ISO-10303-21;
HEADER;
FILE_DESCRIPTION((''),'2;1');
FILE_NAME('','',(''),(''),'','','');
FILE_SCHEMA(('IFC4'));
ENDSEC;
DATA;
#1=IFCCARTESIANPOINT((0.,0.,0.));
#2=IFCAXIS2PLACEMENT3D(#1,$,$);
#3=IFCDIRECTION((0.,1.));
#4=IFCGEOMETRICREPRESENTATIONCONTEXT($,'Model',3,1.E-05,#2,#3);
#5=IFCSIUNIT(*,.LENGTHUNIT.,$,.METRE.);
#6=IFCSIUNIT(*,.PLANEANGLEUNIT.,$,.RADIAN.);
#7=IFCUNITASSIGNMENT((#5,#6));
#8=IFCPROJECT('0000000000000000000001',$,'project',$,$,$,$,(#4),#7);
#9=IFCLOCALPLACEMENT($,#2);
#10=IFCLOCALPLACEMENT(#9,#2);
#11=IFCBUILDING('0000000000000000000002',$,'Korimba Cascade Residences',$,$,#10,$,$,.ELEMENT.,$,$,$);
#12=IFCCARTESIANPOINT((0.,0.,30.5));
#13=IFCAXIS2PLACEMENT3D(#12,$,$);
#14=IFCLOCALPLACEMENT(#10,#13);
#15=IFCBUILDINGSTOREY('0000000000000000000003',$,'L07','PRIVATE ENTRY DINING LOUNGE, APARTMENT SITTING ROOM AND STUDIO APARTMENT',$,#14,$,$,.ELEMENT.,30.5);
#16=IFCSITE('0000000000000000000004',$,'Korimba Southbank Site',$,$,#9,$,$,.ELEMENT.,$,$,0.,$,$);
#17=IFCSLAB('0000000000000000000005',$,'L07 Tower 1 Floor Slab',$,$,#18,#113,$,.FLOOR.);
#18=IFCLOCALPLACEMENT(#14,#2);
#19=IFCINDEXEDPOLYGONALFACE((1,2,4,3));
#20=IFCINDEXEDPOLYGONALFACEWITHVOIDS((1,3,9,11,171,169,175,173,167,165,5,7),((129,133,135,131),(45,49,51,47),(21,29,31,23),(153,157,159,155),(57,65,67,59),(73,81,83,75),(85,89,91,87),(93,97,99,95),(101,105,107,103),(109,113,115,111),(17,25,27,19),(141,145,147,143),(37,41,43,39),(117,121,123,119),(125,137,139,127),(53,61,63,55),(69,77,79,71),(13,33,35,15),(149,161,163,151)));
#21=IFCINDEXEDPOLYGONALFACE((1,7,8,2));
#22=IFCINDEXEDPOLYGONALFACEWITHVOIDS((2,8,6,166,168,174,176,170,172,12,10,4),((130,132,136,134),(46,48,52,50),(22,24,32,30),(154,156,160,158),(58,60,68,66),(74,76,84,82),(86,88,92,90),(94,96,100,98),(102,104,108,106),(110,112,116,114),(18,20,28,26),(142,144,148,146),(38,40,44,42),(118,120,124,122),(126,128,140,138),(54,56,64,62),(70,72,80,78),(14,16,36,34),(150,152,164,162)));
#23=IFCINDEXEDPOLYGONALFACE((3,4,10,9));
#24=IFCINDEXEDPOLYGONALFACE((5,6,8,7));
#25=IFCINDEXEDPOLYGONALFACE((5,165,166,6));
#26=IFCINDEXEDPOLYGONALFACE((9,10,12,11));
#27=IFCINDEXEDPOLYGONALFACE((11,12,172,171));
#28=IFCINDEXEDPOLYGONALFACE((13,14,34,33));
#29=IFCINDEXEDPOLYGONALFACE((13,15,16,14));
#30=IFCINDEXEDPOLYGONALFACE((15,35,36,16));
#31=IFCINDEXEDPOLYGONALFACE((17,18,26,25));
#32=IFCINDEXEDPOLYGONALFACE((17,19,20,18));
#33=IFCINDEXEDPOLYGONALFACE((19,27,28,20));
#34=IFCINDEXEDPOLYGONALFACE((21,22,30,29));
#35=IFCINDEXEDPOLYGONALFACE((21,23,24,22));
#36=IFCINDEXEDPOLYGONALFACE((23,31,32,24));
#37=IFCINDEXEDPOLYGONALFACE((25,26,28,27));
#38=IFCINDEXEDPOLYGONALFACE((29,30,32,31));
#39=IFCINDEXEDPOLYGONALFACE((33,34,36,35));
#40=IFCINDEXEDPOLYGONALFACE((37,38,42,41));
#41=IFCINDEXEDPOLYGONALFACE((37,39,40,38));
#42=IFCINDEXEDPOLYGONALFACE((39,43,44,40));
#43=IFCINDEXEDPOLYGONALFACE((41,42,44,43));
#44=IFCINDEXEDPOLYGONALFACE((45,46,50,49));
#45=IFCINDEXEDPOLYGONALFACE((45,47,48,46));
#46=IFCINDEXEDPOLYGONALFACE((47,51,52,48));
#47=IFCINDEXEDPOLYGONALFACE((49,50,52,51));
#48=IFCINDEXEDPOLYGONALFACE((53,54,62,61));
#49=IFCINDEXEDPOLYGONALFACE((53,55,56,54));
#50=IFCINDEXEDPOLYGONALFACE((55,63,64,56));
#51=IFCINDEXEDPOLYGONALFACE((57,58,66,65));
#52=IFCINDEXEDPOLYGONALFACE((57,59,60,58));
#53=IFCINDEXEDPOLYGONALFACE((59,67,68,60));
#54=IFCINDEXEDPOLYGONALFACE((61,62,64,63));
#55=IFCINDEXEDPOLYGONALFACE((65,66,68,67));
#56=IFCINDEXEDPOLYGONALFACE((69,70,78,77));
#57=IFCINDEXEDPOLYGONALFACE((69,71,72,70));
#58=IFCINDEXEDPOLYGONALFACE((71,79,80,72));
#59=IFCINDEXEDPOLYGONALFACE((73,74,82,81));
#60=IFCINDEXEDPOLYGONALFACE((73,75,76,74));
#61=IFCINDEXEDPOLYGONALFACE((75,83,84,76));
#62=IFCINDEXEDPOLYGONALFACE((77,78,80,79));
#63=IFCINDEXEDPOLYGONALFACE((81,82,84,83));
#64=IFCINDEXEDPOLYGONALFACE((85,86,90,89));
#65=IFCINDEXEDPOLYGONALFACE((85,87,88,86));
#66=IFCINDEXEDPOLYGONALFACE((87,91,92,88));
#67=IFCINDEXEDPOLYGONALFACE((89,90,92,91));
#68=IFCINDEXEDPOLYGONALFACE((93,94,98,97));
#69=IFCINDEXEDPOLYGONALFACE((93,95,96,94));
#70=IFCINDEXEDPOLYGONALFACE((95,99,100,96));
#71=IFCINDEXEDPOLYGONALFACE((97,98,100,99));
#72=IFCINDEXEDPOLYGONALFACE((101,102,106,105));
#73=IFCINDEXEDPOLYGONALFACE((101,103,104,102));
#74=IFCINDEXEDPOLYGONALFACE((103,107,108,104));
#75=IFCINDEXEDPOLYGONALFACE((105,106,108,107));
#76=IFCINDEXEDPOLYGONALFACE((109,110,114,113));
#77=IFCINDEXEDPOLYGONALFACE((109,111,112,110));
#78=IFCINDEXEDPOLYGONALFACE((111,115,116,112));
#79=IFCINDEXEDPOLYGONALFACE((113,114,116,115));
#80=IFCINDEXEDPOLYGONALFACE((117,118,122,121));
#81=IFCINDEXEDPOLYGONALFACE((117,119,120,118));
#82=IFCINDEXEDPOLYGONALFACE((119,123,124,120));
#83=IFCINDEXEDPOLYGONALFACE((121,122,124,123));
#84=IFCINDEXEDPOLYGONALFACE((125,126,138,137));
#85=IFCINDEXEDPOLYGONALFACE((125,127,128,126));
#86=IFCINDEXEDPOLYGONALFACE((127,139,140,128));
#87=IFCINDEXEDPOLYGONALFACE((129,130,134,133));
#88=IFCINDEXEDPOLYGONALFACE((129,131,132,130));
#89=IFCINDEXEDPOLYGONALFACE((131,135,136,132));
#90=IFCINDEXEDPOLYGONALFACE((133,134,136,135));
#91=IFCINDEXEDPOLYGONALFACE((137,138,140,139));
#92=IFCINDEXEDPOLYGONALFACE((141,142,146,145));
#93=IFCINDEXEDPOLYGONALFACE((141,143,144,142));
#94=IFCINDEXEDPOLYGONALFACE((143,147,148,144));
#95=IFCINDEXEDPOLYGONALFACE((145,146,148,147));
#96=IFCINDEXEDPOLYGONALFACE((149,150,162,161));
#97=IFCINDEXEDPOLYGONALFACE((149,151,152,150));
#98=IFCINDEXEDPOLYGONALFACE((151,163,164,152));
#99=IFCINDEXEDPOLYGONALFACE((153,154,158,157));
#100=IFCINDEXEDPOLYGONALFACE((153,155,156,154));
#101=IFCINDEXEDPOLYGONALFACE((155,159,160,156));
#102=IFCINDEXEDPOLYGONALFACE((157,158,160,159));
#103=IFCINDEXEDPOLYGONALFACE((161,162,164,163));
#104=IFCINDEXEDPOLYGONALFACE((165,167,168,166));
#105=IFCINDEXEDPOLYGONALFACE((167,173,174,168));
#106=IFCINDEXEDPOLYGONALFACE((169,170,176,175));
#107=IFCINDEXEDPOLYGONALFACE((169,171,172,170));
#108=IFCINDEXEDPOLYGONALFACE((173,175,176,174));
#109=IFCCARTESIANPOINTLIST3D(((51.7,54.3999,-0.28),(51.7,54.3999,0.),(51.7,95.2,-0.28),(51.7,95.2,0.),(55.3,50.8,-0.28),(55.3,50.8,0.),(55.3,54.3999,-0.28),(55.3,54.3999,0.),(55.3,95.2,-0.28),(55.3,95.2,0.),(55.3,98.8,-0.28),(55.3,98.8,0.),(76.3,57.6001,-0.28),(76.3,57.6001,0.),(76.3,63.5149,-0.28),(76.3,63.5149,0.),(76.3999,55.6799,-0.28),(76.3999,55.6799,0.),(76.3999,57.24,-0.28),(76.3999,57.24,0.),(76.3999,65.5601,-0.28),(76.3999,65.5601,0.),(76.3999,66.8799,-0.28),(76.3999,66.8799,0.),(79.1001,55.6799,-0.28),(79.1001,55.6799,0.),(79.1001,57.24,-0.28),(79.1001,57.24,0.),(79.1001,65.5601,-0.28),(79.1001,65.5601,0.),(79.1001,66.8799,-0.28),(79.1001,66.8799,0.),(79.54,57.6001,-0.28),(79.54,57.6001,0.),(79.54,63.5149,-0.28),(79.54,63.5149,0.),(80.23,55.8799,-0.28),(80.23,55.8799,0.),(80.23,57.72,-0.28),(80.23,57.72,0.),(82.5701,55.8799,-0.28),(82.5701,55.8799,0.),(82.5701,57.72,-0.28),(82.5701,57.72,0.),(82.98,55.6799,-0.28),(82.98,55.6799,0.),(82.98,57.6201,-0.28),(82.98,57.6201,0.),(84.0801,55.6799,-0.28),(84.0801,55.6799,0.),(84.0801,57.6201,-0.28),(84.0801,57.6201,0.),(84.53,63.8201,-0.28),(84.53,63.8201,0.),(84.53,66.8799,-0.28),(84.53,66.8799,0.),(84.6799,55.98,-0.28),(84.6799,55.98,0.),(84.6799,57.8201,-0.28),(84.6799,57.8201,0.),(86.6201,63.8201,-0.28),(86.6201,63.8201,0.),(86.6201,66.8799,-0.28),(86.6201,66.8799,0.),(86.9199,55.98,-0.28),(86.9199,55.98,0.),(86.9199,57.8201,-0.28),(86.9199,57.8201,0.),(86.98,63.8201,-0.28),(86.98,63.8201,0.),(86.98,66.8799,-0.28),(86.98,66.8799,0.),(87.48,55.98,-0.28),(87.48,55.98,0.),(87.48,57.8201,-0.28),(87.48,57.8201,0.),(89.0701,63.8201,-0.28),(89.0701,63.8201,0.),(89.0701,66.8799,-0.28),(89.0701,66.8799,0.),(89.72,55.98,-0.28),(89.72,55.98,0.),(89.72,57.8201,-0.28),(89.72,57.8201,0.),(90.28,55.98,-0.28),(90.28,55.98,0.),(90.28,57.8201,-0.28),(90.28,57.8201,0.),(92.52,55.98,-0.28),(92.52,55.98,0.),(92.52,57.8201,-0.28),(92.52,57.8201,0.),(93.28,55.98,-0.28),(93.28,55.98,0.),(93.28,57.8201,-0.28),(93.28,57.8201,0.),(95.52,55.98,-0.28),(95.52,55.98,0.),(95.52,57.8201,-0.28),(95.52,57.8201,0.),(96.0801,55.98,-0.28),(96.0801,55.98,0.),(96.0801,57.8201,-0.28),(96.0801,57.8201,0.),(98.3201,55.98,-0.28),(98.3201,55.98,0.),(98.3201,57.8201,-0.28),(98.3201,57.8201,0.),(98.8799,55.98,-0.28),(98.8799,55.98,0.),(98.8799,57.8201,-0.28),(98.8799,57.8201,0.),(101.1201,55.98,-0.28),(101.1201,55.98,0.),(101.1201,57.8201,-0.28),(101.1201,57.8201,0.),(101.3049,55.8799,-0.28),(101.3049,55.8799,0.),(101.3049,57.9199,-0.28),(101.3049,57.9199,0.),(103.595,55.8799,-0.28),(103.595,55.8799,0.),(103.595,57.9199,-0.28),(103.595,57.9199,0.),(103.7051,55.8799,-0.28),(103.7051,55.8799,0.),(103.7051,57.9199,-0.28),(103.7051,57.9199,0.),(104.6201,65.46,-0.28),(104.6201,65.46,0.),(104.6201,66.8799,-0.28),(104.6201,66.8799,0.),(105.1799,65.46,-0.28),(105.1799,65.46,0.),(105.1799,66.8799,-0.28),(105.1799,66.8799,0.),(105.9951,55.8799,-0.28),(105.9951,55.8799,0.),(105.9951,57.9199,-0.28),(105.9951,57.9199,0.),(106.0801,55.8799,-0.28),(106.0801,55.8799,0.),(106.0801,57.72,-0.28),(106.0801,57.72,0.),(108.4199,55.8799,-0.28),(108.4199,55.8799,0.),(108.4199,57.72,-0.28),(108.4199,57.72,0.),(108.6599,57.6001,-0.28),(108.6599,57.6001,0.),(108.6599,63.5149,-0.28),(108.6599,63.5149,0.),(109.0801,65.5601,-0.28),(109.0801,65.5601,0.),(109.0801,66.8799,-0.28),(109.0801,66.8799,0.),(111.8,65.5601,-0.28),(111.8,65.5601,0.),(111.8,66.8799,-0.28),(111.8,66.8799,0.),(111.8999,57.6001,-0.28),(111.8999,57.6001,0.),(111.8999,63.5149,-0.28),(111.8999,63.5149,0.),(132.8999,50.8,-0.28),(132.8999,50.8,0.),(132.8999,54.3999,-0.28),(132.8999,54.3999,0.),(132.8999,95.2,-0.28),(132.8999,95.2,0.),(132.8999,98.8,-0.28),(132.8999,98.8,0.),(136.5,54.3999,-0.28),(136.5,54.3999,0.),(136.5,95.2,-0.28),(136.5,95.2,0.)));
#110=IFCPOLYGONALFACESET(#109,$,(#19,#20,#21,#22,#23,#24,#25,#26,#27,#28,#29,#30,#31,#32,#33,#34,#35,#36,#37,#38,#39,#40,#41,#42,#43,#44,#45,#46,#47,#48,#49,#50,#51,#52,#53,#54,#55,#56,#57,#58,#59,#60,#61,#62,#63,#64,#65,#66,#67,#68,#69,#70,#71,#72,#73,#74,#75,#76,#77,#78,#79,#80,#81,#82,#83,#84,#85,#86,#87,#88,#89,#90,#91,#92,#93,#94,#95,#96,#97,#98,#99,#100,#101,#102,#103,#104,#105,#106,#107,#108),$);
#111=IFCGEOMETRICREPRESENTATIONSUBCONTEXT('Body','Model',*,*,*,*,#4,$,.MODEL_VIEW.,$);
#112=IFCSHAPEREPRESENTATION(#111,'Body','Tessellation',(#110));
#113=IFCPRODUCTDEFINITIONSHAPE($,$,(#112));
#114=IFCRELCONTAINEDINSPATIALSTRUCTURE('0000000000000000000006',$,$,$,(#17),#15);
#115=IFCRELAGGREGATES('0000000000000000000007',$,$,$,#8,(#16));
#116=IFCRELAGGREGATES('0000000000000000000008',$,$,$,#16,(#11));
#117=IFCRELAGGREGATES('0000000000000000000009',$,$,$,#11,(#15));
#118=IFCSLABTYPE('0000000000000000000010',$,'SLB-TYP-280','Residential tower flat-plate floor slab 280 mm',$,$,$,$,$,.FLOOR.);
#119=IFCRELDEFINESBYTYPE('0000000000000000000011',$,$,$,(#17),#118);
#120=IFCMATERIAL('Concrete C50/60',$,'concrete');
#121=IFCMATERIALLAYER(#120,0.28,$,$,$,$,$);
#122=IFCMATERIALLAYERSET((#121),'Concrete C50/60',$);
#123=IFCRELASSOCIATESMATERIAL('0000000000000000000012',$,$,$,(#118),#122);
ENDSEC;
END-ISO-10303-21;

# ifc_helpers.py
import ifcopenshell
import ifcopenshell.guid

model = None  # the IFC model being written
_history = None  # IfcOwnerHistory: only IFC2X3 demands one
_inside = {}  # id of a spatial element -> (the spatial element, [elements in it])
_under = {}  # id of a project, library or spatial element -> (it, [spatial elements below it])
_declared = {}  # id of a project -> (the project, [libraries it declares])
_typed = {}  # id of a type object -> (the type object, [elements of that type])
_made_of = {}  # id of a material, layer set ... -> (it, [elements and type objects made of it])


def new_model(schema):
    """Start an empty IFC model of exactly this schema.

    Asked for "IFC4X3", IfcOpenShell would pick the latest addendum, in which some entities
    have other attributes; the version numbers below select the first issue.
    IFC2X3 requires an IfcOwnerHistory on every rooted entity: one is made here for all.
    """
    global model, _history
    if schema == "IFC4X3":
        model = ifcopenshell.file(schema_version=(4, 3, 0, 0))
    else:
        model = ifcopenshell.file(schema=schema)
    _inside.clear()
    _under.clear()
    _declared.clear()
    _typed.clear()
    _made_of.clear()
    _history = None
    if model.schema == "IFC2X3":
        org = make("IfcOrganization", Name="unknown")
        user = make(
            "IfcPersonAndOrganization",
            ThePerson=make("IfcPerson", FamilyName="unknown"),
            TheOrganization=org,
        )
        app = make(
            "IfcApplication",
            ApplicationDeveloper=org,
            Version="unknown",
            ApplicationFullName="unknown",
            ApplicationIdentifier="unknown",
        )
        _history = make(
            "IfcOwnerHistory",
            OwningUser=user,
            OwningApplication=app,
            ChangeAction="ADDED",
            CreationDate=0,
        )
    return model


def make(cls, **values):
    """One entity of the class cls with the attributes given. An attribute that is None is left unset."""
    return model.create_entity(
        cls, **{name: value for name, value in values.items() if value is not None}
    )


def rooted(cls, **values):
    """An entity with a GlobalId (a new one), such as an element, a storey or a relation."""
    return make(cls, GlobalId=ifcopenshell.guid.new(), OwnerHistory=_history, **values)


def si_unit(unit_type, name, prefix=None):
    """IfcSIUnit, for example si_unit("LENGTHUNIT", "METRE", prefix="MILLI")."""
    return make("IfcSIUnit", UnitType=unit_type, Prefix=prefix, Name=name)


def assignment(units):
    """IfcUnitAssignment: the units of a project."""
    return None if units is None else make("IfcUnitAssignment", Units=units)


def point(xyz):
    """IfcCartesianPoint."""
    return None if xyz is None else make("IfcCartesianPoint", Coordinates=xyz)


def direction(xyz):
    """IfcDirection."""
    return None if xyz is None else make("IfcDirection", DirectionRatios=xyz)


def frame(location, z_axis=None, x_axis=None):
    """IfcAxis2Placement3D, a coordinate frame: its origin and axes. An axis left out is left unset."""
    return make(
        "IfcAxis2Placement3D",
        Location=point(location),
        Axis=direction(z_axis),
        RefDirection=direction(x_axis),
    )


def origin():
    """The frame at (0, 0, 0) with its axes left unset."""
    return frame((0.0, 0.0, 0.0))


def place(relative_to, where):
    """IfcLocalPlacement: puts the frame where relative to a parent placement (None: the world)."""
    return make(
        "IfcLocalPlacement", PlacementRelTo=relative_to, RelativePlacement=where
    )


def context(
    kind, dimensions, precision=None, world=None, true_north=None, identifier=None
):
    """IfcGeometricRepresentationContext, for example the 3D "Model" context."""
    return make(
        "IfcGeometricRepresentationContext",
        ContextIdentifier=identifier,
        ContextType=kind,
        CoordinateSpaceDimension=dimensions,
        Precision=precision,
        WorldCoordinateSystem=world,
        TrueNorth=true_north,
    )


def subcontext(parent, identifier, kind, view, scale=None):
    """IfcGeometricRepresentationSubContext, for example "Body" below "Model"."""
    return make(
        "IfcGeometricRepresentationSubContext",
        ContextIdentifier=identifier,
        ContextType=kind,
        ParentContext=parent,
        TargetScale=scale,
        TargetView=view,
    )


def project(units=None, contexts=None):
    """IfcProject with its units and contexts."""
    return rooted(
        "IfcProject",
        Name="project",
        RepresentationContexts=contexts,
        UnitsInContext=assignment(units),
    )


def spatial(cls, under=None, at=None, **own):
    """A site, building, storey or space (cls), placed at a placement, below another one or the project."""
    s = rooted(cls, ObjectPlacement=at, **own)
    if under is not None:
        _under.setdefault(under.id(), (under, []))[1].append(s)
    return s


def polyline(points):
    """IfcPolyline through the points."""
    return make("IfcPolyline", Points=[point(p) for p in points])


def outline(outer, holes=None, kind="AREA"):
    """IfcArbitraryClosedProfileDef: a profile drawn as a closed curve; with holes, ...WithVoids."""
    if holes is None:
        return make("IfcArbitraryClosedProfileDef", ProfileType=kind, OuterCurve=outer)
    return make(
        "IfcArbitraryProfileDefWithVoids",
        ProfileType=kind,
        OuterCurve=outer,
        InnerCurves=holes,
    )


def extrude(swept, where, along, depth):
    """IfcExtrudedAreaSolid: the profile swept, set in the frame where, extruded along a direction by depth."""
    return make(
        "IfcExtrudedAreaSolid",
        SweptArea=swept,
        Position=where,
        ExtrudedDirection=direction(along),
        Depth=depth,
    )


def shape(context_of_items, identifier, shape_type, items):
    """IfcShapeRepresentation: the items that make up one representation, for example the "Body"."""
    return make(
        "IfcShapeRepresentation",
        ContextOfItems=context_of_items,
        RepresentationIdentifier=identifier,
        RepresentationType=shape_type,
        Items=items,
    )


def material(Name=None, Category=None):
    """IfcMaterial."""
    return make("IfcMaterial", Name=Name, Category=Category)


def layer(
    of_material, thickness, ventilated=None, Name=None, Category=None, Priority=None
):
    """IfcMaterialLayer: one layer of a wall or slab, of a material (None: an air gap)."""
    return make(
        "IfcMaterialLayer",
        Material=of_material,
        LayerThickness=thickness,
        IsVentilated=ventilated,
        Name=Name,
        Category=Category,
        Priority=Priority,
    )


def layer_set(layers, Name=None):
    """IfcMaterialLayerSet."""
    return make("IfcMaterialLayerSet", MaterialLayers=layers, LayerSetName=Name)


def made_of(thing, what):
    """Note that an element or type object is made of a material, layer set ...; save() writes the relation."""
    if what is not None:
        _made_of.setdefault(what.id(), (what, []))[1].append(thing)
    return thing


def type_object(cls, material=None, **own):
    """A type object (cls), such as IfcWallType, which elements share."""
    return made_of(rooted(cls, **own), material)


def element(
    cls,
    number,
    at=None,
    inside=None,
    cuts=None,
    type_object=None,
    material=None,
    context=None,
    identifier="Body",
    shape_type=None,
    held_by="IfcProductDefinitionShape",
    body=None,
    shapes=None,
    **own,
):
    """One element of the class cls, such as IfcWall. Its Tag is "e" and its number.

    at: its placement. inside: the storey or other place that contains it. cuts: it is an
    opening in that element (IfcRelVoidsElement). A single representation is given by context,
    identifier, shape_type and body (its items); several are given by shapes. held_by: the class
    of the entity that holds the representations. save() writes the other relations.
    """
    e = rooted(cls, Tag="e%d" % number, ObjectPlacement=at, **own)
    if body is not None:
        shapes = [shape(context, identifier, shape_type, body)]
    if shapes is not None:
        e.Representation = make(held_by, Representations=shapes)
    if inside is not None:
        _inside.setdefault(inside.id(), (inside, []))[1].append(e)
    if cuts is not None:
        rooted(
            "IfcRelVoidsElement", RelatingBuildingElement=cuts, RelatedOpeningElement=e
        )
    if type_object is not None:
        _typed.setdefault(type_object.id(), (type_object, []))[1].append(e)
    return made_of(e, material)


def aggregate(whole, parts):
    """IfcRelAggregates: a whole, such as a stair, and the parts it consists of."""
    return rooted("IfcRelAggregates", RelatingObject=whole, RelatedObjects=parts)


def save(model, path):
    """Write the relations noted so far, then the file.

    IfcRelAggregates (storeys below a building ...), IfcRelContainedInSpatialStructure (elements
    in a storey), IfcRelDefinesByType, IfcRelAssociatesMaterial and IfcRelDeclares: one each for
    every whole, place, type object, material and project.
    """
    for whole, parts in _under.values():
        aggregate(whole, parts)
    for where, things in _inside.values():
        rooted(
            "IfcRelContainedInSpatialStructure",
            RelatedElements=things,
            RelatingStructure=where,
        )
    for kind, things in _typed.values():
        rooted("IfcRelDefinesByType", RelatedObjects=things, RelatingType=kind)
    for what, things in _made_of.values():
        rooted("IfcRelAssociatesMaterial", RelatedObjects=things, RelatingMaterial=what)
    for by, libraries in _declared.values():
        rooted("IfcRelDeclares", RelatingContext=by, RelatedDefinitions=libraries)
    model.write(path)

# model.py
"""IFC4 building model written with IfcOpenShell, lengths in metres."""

from ifc_helpers import new_model, si_unit, direction, frame, origin, place, context, subcontext, project, spatial, polyline, outline, extrude, material, layer, layer_set, type_object, element, save


model = new_model("IFC4")

# Units and contexts
model_context = context("Model", 3, precision=1e-05, world=origin(), true_north=direction((0.0, 1.0)))
body_context = subcontext(model_context, "Body", "Model", "MODEL_VIEW")
ifc_project = project(units=[si_unit("LENGTHUNIT", "METRE"), si_unit("PLANEANGLEUNIT", "RADIAN")], contexts=[model_context])

# Site, building, storey
site_placement = place(None, origin())
site = spatial("IfcSite", under=ifc_project, at=site_placement, Name="Korimba Southbank Site", CompositionType="ELEMENT", RefElevation=0.0)
building_placement = place(site_placement, origin())
building = spatial("IfcBuilding", under=site, at=building_placement, Name="Korimba Cascade Residences", CompositionType="ELEMENT")
storey_placement = place(building_placement, frame((0.0, 0.0, 30.5)))
storey = spatial("IfcBuildingStorey", under=building, at=storey_placement, Name="L07", Description="PRIVATE ENTRY DINING LOUNGE, APARTMENT SITTING ROOM AND STUDIO APARTMENT", CompositionType="ELEMENT", Elevation=30.5)

# Shared definitions
ifc_material_1 = material(Name="Concrete C50/60", Category="concrete")

# Slab
ifc_layer_1 = layer(ifc_material_1, 0.28)
ifc_layer_set_1 = layer_set([ifc_layer_1], Name="Concrete C50/60")
slab_type_1 = type_object("IfcSlabType", Name="SLB-TYP-280", Description="Residential tower flat-plate floor slab 280 mm", PredefinedType="FLOOR", material=ifc_layer_set_1)
slab_1_placement = place(storey_placement, frame((0.0, 0.0, -0.28)))
element("IfcSlab", 1, at=slab_1_placement, inside=storey, type_object=slab_type_1, Name="L07 Tower 1 Floor Slab", PredefinedType="FLOOR", context=body_context, shape_type="SweptSolid", body=[
    extrude(outline(polyline([(55.3, 50.8), (132.8999, 50.8), (132.8999, 54.3999), (136.5, 54.3999), (136.5, 95.2), (132.8999, 95.2), (132.8999, 98.8), (55.3, 98.8), (55.3, 95.2), (51.7, 95.2), (51.7, 54.3999), (55.3, 54.3999), (55.3, 50.8)]), holes=[polyline([(76.3, 63.5149), (76.3, 57.6001), (79.54, 57.6001), (79.54, 63.5149), (76.3, 63.5149)]), polyline([(108.6599, 63.5149), (108.6599, 57.6001), (111.8999, 57.6001), (111.8999, 63.5149), (108.6599, 63.5149)]), polyline([(80.23, 55.8799), (82.5701, 55.8799), (82.5701, 57.72), (80.23, 57.72), (80.23, 55.8799)]), polyline([(106.0801, 55.8799), (108.4199, 55.8799), (108.4199, 57.72), (106.0801, 57.72), (106.0801, 55.8799)]), polyline([(84.6799, 55.98), (86.9199, 55.98), (86.9199, 57.8201), (84.6799, 57.8201), (84.6799, 55.98)]), polyline([(87.48, 55.98), (89.72, 55.98), (89.72, 57.8201), (87.48, 57.8201), (87.48, 55.98)]), polyline([(90.28, 55.98), (92.52, 55.98), (92.52, 57.8201), (90.28, 57.8201), (90.28, 55.98)]), polyline([(93.28, 55.98), (95.52, 55.98), (95.52, 57.8201), (93.28, 57.8201), (93.28, 55.98)]), polyline([(96.0801, 55.98), (98.3201, 55.98), (98.3201, 57.8201), (96.0801, 57.8201), (96.0801, 55.98)]), polyline([(98.8799, 55.98), (101.1201, 55.98), (101.1201, 57.8201), (98.8799, 57.8201), (98.8799, 55.98)]), polyline([(101.3049, 55.8799), (103.595, 55.8799), (103.595, 57.9199), (101.3049, 57.9199), (101.3049, 55.8799)]), polyline([(103.7051, 55.8799), (105.9951, 55.8799), (105.9951, 57.9199), (103.7051, 57.9199), (103.7051, 55.8799)]), polyline([(82.98, 55.6799), (84.0801, 55.6799), (84.0801, 57.6201), (82.98, 57.6201), (82.98, 55.6799)]), polyline([(76.3999, 65.5601), (79.1001, 65.5601), (79.1001, 66.8799), (76.3999, 66.8799), (76.3999, 65.5601)]), polyline([(76.3999, 55.6799), (79.1001, 55.6799), (79.1001, 57.24), (76.3999, 57.24), (76.3999, 55.6799)]), polyline([(84.53, 63.8201), (86.6201, 63.8201), (86.6201, 66.8799), (84.53, 66.8799), (84.53, 63.8201)]), polyline([(86.98, 63.8201), (89.0701, 63.8201), (89.0701, 66.8799), (86.98, 66.8799), (86.98, 63.8201)]), polyline([(104.6201, 65.46), (105.1799, 65.46), (105.1799, 66.8799), (104.6201, 66.8799), (104.6201, 65.46)]), polyline([(109.0801, 65.5601), (111.8, 65.5601), (111.8, 66.8799), (109.0801, 66.8799), (109.0801, 65.5601)])]), origin(), (0.0, 0.0, 1.0), 0.28),
])

save(model, "model.ifc")
